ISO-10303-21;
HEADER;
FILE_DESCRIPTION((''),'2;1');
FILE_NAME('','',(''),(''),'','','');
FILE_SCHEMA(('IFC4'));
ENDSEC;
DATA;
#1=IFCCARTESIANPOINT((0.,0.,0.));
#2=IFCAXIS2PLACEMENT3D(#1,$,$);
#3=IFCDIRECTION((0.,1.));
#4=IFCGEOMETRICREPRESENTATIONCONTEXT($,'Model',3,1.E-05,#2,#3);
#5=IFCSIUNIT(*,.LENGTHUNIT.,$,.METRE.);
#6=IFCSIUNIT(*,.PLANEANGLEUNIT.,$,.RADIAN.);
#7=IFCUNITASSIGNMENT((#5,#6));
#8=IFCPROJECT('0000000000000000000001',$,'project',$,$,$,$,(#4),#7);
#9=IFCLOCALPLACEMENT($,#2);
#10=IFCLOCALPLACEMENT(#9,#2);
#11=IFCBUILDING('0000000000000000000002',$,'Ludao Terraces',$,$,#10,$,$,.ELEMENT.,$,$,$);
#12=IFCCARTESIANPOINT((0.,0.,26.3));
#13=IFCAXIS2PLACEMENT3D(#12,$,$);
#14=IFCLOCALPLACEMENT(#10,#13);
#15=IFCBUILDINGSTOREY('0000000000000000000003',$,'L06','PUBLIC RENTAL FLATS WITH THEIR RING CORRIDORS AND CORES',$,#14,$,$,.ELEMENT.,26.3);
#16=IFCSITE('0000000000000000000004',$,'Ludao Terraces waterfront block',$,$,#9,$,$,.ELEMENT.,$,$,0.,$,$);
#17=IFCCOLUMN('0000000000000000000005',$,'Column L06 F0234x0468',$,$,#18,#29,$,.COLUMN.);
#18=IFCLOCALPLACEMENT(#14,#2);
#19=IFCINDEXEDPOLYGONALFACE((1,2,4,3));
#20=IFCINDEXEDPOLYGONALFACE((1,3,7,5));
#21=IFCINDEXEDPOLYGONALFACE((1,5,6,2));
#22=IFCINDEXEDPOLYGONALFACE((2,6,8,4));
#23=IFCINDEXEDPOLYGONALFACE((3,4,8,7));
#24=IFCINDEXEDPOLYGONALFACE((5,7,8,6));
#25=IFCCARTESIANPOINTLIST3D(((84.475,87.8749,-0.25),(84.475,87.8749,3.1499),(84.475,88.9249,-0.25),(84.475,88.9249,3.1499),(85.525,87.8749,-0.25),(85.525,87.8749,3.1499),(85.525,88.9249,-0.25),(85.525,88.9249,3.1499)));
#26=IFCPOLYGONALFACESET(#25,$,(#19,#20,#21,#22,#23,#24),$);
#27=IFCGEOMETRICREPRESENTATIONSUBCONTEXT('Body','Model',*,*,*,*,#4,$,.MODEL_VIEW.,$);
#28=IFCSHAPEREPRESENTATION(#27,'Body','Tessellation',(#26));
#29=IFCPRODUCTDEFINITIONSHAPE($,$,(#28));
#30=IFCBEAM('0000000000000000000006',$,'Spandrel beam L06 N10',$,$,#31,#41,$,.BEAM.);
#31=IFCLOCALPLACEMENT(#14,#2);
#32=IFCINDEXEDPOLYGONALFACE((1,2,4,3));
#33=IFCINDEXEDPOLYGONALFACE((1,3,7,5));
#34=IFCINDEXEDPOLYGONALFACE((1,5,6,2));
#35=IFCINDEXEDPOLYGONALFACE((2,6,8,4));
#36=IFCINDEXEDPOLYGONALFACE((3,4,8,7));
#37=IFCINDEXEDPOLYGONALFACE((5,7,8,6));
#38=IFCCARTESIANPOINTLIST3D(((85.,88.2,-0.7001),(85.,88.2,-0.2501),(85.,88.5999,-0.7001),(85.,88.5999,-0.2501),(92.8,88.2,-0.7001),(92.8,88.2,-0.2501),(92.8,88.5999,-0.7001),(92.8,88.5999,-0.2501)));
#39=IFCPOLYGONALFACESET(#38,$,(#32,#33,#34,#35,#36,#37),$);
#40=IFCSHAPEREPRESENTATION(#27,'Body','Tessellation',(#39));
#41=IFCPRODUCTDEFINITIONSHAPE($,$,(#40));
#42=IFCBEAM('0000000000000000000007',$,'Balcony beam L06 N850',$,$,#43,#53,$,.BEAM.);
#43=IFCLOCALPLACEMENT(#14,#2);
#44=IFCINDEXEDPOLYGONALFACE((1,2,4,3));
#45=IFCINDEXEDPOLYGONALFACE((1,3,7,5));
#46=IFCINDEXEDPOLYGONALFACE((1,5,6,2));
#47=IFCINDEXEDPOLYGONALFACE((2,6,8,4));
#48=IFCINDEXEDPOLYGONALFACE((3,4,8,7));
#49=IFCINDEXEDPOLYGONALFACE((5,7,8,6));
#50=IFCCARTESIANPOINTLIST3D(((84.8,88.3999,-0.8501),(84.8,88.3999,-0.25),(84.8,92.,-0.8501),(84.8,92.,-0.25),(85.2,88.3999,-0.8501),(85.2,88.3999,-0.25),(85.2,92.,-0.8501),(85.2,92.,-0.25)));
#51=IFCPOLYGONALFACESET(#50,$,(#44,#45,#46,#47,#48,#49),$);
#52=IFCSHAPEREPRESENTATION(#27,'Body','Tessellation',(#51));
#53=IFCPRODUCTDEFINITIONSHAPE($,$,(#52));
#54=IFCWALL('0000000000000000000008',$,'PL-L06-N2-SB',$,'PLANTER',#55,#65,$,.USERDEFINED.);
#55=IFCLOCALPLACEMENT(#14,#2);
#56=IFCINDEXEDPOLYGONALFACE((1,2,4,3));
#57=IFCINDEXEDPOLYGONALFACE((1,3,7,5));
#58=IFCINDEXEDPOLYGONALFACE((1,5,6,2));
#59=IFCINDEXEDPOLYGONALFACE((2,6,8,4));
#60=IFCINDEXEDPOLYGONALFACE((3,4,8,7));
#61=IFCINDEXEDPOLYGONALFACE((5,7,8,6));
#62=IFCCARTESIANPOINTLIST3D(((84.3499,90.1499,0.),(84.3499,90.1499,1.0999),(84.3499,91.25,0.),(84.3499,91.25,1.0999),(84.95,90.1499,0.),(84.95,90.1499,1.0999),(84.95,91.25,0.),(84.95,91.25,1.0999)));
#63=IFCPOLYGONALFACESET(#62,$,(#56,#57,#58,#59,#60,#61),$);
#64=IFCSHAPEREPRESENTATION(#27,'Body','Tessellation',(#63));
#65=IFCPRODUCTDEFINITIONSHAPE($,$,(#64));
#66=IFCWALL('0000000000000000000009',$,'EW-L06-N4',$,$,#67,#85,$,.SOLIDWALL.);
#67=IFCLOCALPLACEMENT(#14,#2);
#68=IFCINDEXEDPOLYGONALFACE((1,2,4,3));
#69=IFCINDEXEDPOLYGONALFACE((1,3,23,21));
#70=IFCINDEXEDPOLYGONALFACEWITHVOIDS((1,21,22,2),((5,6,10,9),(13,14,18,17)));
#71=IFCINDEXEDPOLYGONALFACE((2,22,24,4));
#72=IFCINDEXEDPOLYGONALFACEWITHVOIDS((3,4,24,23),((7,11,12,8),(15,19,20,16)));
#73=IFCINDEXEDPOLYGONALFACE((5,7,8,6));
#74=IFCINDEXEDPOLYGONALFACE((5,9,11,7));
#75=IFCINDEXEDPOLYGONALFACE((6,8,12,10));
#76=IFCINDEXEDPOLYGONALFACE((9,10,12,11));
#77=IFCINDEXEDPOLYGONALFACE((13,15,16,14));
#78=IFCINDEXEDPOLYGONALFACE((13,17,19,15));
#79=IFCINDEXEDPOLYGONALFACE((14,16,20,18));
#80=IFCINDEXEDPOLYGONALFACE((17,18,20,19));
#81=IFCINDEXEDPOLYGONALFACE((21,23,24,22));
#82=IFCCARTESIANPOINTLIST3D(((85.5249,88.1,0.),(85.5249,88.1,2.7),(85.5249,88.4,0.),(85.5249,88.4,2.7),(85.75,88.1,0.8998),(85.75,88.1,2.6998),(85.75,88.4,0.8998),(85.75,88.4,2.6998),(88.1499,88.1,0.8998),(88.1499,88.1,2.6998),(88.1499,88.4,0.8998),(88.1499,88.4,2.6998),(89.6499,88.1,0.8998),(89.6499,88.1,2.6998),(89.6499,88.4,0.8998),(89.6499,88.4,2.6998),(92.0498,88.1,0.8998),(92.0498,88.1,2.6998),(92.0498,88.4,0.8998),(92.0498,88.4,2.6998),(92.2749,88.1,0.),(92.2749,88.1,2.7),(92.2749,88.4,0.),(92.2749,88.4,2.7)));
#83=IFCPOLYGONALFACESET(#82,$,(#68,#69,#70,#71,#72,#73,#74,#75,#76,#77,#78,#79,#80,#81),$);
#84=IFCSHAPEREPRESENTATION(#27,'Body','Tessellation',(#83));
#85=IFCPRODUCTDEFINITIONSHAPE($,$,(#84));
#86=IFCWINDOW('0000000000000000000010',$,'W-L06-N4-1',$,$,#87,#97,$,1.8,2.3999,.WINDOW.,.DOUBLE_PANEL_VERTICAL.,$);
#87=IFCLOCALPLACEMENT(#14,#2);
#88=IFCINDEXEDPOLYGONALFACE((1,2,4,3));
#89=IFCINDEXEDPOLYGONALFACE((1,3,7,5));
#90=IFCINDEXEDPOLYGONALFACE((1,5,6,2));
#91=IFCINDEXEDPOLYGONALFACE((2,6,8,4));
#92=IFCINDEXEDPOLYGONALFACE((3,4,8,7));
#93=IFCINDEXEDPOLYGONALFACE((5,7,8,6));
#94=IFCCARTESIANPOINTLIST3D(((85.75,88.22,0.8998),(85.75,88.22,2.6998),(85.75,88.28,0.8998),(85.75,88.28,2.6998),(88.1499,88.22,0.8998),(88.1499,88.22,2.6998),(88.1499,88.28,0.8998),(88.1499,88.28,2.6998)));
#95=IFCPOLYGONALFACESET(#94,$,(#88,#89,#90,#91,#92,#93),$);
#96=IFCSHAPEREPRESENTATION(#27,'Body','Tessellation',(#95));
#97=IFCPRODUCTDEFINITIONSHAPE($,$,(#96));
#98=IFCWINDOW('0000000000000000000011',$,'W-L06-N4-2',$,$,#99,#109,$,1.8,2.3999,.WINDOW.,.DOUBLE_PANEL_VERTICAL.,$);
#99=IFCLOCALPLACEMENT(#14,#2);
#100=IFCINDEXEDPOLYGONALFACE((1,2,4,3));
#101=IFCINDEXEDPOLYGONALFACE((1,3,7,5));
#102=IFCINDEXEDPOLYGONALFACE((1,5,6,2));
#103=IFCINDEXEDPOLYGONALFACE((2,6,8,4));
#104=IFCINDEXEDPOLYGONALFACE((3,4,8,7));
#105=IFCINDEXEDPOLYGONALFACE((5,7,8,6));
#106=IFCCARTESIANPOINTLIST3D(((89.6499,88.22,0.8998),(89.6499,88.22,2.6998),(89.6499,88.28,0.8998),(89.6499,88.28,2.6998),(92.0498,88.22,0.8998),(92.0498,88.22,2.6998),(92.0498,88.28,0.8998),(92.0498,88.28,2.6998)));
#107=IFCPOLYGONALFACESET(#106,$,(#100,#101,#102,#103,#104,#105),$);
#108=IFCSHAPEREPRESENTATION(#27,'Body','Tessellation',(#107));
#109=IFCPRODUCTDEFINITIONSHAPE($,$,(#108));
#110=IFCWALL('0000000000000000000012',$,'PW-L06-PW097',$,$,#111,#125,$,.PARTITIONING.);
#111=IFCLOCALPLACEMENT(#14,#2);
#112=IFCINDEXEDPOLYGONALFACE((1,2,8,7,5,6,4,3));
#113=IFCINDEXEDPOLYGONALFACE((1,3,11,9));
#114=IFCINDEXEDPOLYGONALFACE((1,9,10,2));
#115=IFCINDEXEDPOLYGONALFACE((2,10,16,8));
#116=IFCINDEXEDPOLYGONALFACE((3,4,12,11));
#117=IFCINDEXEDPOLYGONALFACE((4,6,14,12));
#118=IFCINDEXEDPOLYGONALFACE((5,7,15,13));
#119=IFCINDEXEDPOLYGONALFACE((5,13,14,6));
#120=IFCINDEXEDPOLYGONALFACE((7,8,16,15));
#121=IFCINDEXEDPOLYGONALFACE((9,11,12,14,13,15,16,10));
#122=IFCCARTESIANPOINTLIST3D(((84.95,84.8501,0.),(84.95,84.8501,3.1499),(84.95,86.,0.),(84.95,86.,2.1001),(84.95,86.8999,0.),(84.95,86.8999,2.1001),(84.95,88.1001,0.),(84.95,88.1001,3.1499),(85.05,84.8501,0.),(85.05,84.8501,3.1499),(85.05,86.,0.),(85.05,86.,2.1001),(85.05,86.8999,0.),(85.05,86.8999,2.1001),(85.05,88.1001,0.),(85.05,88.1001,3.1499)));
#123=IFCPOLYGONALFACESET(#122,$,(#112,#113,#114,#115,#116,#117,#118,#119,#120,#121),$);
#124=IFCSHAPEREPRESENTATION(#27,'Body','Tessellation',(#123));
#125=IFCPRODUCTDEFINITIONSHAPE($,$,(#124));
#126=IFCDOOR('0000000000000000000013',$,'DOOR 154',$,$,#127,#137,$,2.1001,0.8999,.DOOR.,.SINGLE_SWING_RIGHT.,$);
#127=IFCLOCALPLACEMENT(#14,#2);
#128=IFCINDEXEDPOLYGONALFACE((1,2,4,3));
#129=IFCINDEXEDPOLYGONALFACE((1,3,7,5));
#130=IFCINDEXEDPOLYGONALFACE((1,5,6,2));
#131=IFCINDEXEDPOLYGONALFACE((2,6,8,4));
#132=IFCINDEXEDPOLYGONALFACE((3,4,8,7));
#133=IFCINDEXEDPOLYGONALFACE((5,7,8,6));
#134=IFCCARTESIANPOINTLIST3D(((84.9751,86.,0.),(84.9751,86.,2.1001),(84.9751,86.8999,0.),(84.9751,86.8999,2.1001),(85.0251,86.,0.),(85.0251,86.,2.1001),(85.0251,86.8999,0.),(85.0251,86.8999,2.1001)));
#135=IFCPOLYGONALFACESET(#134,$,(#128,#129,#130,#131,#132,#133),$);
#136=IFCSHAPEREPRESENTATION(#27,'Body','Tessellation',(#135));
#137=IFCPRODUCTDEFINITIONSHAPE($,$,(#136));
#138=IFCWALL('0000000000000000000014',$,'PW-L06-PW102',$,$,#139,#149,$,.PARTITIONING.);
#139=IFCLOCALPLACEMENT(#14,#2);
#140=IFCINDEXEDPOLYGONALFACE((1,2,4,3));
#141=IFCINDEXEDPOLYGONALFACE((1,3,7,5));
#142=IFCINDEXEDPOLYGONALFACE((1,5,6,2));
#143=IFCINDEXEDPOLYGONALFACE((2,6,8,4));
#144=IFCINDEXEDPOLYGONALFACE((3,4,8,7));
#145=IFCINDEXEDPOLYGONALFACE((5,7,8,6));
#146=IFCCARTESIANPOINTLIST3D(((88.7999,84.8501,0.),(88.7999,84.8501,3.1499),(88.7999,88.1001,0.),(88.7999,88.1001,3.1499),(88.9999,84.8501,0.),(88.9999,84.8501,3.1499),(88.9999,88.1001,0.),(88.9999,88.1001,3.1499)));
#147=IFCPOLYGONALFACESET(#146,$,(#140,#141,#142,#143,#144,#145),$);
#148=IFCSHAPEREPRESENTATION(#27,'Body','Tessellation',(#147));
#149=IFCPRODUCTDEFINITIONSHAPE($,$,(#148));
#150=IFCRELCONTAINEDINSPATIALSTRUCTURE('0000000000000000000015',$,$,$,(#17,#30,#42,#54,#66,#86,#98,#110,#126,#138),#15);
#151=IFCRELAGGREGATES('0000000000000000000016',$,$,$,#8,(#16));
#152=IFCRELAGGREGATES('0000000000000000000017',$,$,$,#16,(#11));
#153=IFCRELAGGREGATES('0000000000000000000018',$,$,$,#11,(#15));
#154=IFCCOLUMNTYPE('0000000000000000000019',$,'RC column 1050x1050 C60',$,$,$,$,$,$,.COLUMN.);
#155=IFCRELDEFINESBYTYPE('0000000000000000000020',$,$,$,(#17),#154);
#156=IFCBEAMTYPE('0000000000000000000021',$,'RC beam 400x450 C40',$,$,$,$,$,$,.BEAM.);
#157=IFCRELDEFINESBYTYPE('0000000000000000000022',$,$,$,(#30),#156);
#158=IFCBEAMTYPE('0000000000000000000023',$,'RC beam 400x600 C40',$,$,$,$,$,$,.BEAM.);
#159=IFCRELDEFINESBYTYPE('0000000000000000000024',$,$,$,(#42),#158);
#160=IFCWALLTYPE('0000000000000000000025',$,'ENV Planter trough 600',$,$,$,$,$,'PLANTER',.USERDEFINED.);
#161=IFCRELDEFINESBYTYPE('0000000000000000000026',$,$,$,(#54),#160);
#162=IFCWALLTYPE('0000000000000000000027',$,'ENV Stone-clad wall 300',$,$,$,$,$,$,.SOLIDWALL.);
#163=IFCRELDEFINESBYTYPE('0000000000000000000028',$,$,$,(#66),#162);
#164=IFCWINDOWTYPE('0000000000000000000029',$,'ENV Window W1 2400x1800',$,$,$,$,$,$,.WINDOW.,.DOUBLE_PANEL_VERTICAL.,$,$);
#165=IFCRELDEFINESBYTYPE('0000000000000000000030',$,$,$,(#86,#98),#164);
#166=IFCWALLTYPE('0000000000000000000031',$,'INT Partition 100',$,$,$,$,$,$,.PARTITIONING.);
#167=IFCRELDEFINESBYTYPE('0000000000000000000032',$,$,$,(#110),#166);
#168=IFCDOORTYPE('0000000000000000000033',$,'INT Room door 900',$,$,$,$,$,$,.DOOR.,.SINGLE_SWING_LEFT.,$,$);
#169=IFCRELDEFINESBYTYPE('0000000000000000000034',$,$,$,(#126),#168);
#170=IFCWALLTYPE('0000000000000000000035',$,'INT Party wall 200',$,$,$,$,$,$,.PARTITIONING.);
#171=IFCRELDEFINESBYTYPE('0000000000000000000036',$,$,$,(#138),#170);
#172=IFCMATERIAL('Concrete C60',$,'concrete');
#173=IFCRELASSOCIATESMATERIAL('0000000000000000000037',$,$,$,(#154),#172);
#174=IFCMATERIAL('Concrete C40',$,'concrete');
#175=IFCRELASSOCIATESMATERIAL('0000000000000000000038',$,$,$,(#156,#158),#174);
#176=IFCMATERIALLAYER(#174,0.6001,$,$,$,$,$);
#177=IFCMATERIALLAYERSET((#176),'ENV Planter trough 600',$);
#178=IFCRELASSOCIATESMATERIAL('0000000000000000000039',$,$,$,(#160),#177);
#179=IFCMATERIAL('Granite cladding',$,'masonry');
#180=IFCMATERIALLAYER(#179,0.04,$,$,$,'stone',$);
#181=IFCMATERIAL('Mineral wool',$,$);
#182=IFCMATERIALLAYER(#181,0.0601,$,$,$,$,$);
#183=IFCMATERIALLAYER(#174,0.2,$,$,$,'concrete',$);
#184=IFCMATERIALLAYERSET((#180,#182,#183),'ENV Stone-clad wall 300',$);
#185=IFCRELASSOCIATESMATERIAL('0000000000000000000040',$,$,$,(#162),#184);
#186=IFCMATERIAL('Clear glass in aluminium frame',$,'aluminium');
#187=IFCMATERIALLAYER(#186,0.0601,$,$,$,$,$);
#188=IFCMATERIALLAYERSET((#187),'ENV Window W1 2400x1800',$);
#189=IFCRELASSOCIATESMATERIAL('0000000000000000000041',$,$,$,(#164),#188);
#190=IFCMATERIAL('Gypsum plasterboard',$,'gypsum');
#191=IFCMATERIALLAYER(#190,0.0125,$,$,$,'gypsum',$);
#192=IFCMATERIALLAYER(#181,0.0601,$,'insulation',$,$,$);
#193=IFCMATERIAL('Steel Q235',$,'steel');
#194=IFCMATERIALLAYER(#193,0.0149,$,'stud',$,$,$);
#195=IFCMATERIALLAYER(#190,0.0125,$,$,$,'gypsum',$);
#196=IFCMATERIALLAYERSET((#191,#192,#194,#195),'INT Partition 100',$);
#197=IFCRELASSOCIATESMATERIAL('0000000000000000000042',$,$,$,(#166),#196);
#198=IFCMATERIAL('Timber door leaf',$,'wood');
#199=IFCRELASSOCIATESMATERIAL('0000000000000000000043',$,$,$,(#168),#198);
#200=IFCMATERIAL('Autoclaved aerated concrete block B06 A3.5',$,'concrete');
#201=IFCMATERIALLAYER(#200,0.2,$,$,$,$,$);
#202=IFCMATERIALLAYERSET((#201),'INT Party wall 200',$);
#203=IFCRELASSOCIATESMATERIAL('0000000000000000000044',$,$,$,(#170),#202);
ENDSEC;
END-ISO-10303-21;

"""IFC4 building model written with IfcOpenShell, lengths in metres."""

from ifc_helpers import new_model, si_unit, direction, frame, frame_2d, origin, origin_2d, place, context, subcontext, project, spatial, rectangle, extrude, material, layer, layer_set, material_profile, profile_set, type_object, element, fill, save


model = new_model("IFC4")

# Units and contexts
model_context = context("Model", 3, precision=1e-05, world=origin(), true_north=direction((0.0, 1.0)))
body_context = subcontext(model_context, "Body", "Model", "MODEL_VIEW")
ifc_project = project(units=[si_unit("LENGTHUNIT", "METRE"), si_unit("PLANEANGLEUNIT", "RADIAN")], contexts=[model_context])

# Site, building, storey
site_placement = place(None, origin())
site = spatial("IfcSite", under=ifc_project, at=site_placement, Name="Ludao Terraces waterfront block", CompositionType="ELEMENT", RefElevation=0.0)
building_placement = place(site_placement, origin())
building = spatial("IfcBuilding", under=site, at=building_placement, Name="Ludao Terraces", CompositionType="ELEMENT")
storey_placement = place(building_placement, frame((0.0, 0.0, 26.3)))
storey = spatial("IfcBuildingStorey", under=building, at=storey_placement, Name="L06", Description="PUBLIC RENTAL FLATS WITH THEIR RING CORRIDORS AND CORES", CompositionType="ELEMENT", Elevation=26.3)

# Column
ifc_material_1 = material(Name="Concrete C60", Category="concrete")
ifc_material_profile_1 = material_profile(ifc_material_1, rectangle(XDim=1.05, YDim=1.05, at=origin_2d()), Name="1050 X 1050")
ifc_profile_set_1 = profile_set([ifc_material_profile_1], Name="Concrete C60")
column_type = type_object("IfcColumnType", Name="RC column 1050x1050 C60", PredefinedType="COLUMN", material=ifc_profile_set_1)
column_placement = place(storey_placement, frame((85.0, 88.3999, -0.25), z_axis=(0.0, 0.0, 1.0), x_axis=(1.0, 0.0, 0.0)))
element("IfcColumn", 1, at=column_placement, inside=storey, type_object=column_type, Name="Column L06 F0234x0468", PredefinedType="COLUMN", context=body_context, shape_type="SweptSolid", body=[
    extrude(rectangle(XDim=1.05, YDim=1.05, at=origin_2d()), origin(), (0.0, 0.0, 1.0), 3.3999),
])

# Beams
ifc_material_2 = material(Name="Concrete C40", Category="concrete")
ifc_material_profile_2 = material_profile(ifc_material_2, rectangle(XDim=0.3999, YDim=0.45, at=origin_2d()), Name="400 X 450")
ifc_profile_set_2 = profile_set([ifc_material_profile_2], Name="Concrete C40")
beam_type_1 = type_object("IfcBeamType", Name="RC beam 400x450 C40", PredefinedType="BEAM", material=ifc_profile_set_2)
beam_1_placement = place(storey_placement, frame((85.0, 88.3999, -0.4751), z_axis=(1.0, 0.0, 0.0), x_axis=(0.0, 1.0, 0.0)))
element("IfcBeam", 2, at=beam_1_placement, inside=storey, type_object=beam_type_1, Name="Spandrel beam L06 N10", PredefinedType="BEAM", context=body_context, shape_type="SweptSolid", body=[
    extrude(rectangle(XDim=0.3999, YDim=0.45, at=origin_2d()), origin(), (0.0, 0.0, 1.0), 7.8),
])
ifc_material_profile_3 = material_profile(ifc_material_2, rectangle(XDim=0.3999, YDim=0.6001, at=origin_2d()), Name="400 X 600")
ifc_profile_set_3 = profile_set([ifc_material_profile_3], Name="Concrete C40")
beam_type_2 = type_object("IfcBeamType", Name="RC beam 400x600 C40", PredefinedType="BEAM", material=ifc_profile_set_3)
beam_2_placement = place(storey_placement, frame((85.0, 88.3999, -0.55), z_axis=(0.0, 1.0, 0.0), x_axis=(-1.0, 0.0, 0.0)))
element("IfcBeam", 3, at=beam_2_placement, inside=storey, type_object=beam_type_2, Name="Balcony beam L06 N850", PredefinedType="BEAM", context=body_context, shape_type="SweptSolid", body=[
    extrude(rectangle(XDim=0.3999, YDim=0.6001, at=origin_2d()), origin(), (0.0, 0.0, 1.0), 3.6001),
])

# Wall
ifc_layer_1 = layer(ifc_material_2, 0.6001)
ifc_layer_set_1 = layer_set([ifc_layer_1], Name="ENV Planter trough 600")
wall_type_1 = type_object("IfcWallType", Name="ENV Planter trough 600", ElementType="PLANTER", PredefinedType="USERDEFINED", material=ifc_layer_set_1)
wall_1_placement = place(storey_placement, frame((84.6499, 91.25, 0.0), z_axis=(0.0, 0.0, 1.0), x_axis=(0.0, -1.0, 0.0)))
element("IfcWall", 4, at=wall_1_placement, inside=storey, type_object=wall_type_1, Name="PL-L06-N2-SB", ObjectType="PLANTER", PredefinedType="USERDEFINED", context=body_context, shape_type="SweptSolid", body=[
    extrude(rectangle(XDim=1.1001, YDim=0.6001, at=frame_2d((0.55, 0.0))), origin(), (0.0, 0.0, 1.0), 1.0999),
])

# Wall, openings, windows
ifc_material_3 = material(Name="Granite cladding", Category="masonry")
ifc_layer_2 = layer(ifc_material_3, 0.04, Category="stone")
ifc_material_4 = material(Name="Mineral wool")
ifc_layer_3 = layer(ifc_material_4, 0.0601)
ifc_layer_4 = layer(ifc_material_2, 0.2, Category="concrete")
ifc_layer_set_2 = layer_set([ifc_layer_2, ifc_layer_3, ifc_layer_4], Name="ENV Stone-clad wall 300")
wall_type_2 = type_object("IfcWallType", Name="ENV Stone-clad wall 300", PredefinedType="SOLIDWALL", material=ifc_layer_set_2)
wall_2_placement = place(storey_placement, frame((85.5249, 88.25, 0.0), z_axis=(0.0, 0.0, 1.0), x_axis=(1.0, 0.0, 0.0)))
wall_2 = element("IfcWall", 5, at=wall_2_placement, inside=storey, type_object=wall_type_2, Name="EW-L06-N4", PredefinedType="SOLIDWALL", context=body_context, shape_type="SweptSolid", body=[
    extrude(rectangle(XDim=6.75, YDim=0.3, at=frame_2d((3.375, 0.0))), origin(), (0.0, 0.0, 1.0), 2.7),
])
opening_1_placement = place(wall_2_placement, frame((0.2251, 0.0, 0.8999)))
opening_1 = element("IfcOpeningElement", 6, at=opening_1_placement, cuts=wall_2, PredefinedType="OPENING", context=body_context, shape_type="SweptSolid", body=[
    extrude(rectangle(XDim=2.3999, YDim=1.8, at=frame_2d((1.2, 0.8999))), frame((0.0, 0.1602, 0.0), z_axis=(0.0, -1.0, 0.0), x_axis=(1.0, 0.0, 0.0)), (0.0, 0.0, 1.0), 0.3201),
])
opening_2_placement = place(wall_2_placement, frame((4.125, 0.0, 0.8999)))
opening_2 = element("IfcOpeningElement", 7, at=opening_2_placement, cuts=wall_2, PredefinedType="OPENING", context=body_context, shape_type="SweptSolid", body=[
    extrude(rectangle(XDim=2.3999, YDim=1.8, at=frame_2d((1.2, 0.8999))), frame((0.0, 0.1602, 0.0), z_axis=(0.0, -1.0, 0.0), x_axis=(1.0, 0.0, 0.0)), (0.0, 0.0, 1.0), 0.3201),
])
ifc_material_5 = material(Name="Clear glass in aluminium frame", Category="aluminium")
ifc_layer_5 = layer(ifc_material_5, 0.0601)
ifc_layer_set_3 = layer_set([ifc_layer_5], Name="ENV Window W1 2400x1800")
window_type = type_object("IfcWindowType", Name="ENV Window W1 2400x1800", PartitioningType="DOUBLE_PANEL_VERTICAL", PredefinedType="WINDOW", material=ifc_layer_set_3)
window_1_placement = place(opening_1_placement, origin())
window_1 = element("IfcWindow", 8, at=window_1_placement, inside=storey, type_object=window_type, Name="W-L06-N4-1", OverallHeight=1.8, OverallWidth=2.3999, PartitioningType="DOUBLE_PANEL_VERTICAL", PredefinedType="WINDOW", context=body_context, shape_type="SweptSolid", body=[
    extrude(rectangle(XDim=2.3999, YDim=1.8, at=frame_2d((1.2, 0.8999))), frame((0.0, 0.03, 0.0), z_axis=(0.0, -1.0, 0.0), x_axis=(1.0, 0.0, 0.0)), (0.0, 0.0, 1.0), 0.0601),
])
fill(opening_1, window_1)
window_2_placement = place(opening_2_placement, origin())
window_2 = element("IfcWindow", 9, at=window_2_placement, inside=storey, type_object=window_type, Name="W-L06-N4-2", OverallHeight=1.8, OverallWidth=2.3999, PartitioningType="DOUBLE_PANEL_VERTICAL", PredefinedType="WINDOW", context=body_context, shape_type="SweptSolid", body=[
    extrude(rectangle(XDim=2.3999, YDim=1.8, at=frame_2d((1.2, 0.8999))), frame((0.0, 0.03, 0.0), z_axis=(0.0, -1.0, 0.0), x_axis=(1.0, 0.0, 0.0)), (0.0, 0.0, 1.0), 0.0601),
])
fill(opening_2, window_2)

# Wall, opening, door
ifc_material_6 = material(Name="Gypsum plasterboard", Category="gypsum")
ifc_layer_6 = layer(ifc_material_6, 0.0125, Category="gypsum")
ifc_layer_7 = layer(ifc_material_4, 0.0601, Name="insulation")
ifc_material_7 = material(Name="Steel Q235", Category="steel")
ifc_layer_8 = layer(ifc_material_7, 0.0149, Name="stud")
ifc_layer_9 = layer(ifc_material_6, 0.0125, Category="gypsum")
ifc_layer_set_4 = layer_set([ifc_layer_6, ifc_layer_7, ifc_layer_8, ifc_layer_9], Name="INT Partition 100")
wall_type_3 = type_object("IfcWallType", Name="INT Partition 100", PredefinedType="PARTITIONING", material=ifc_layer_set_4)
wall_3_placement = place(storey_placement, frame((85.0, 84.8501, 0.0), z_axis=(0.0, 0.0, 1.0), x_axis=(0.0, 1.0, 0.0)))
wall_3 = element("IfcWall", 10, at=wall_3_placement, inside=storey, type_object=wall_type_3, Name="PW-L06-PW097", PredefinedType="PARTITIONING", context=body_context, shape_type="SweptSolid", body=[
    extrude(rectangle(XDim=3.25, YDim=0.1001, at=frame_2d((1.625, 0.0))), origin(), (0.0, 0.0, 1.0), 3.1499),
])
opening_3_placement = place(wall_3_placement, frame((1.1499, 0.0, 0.0)))
opening_3 = element("IfcOpeningElement", 11, at=opening_3_placement, cuts=wall_3, PredefinedType="OPENING", context=body_context, shape_type="SweptSolid", body=[
    extrude(rectangle(XDim=0.8999, YDim=2.1001, at=frame_2d((0.45, 1.05))), frame((0.0, 0.0601, 0.0), z_axis=(0.0, -1.0, 0.0), x_axis=(1.0, 0.0, 0.0)), (0.0, 0.0, 1.0), 0.1201),
])
ifc_material_8 = material(Name="Timber door leaf", Category="wood")
door_type_1 = type_object("IfcDoorType", Name="INT Room door 900", OperationType="SINGLE_SWING_LEFT", PredefinedType="DOOR", material=ifc_material_8)
door_1_placement = place(opening_3_placement, origin())
door_1 = element("IfcDoor", 12, at=door_1_placement, inside=storey, type_object=door_type_1, Name="DOOR 154", OperationType="SINGLE_SWING_RIGHT", OverallHeight=2.1001, OverallWidth=0.8999, PredefinedType="DOOR", context=body_context, shape_type="SweptSolid", body=[
    extrude(rectangle(XDim=0.8999, YDim=2.1001, at=frame_2d((0.45, 1.05))), frame((0.0, 0.0249, 0.0), z_axis=(0.0, -1.0, 0.0), x_axis=(1.0, 0.0, 0.0)), (0.0, 0.0, 1.0), 0.05),
])
fill(opening_3, door_1)

# Wall
ifc_material_9 = material(Name="Autoclaved aerated concrete block B06 A3.5", Category="concrete")
ifc_layer_10 = layer(ifc_material_9, 0.2)
ifc_layer_set_5 = layer_set([ifc_layer_10], Name="INT Party wall 200")
wall_type_4 = type_object("IfcWallType", Name="INT Party wall 200", PredefinedType="PARTITIONING", material=ifc_layer_set_5)
wall_4_placement = place(storey_placement, frame((88.8999, 84.8501, 0.0), z_axis=(0.0, 0.0, 1.0), x_axis=(0.0, 1.0, 0.0)))
element("IfcWall", 13, at=wall_4_placement, inside=storey, type_object=wall_type_4, Name="PW-L06-PW102", PredefinedType="PARTITIONING", context=body_context, shape_type="SweptSolid", body=[
    extrude(rectangle(XDim=3.25, YDim=0.2, at=frame_2d((1.625, 0.0))), origin(), (0.0, 0.0, 1.0), 3.1499),
])

save(model, "model.ifc")
